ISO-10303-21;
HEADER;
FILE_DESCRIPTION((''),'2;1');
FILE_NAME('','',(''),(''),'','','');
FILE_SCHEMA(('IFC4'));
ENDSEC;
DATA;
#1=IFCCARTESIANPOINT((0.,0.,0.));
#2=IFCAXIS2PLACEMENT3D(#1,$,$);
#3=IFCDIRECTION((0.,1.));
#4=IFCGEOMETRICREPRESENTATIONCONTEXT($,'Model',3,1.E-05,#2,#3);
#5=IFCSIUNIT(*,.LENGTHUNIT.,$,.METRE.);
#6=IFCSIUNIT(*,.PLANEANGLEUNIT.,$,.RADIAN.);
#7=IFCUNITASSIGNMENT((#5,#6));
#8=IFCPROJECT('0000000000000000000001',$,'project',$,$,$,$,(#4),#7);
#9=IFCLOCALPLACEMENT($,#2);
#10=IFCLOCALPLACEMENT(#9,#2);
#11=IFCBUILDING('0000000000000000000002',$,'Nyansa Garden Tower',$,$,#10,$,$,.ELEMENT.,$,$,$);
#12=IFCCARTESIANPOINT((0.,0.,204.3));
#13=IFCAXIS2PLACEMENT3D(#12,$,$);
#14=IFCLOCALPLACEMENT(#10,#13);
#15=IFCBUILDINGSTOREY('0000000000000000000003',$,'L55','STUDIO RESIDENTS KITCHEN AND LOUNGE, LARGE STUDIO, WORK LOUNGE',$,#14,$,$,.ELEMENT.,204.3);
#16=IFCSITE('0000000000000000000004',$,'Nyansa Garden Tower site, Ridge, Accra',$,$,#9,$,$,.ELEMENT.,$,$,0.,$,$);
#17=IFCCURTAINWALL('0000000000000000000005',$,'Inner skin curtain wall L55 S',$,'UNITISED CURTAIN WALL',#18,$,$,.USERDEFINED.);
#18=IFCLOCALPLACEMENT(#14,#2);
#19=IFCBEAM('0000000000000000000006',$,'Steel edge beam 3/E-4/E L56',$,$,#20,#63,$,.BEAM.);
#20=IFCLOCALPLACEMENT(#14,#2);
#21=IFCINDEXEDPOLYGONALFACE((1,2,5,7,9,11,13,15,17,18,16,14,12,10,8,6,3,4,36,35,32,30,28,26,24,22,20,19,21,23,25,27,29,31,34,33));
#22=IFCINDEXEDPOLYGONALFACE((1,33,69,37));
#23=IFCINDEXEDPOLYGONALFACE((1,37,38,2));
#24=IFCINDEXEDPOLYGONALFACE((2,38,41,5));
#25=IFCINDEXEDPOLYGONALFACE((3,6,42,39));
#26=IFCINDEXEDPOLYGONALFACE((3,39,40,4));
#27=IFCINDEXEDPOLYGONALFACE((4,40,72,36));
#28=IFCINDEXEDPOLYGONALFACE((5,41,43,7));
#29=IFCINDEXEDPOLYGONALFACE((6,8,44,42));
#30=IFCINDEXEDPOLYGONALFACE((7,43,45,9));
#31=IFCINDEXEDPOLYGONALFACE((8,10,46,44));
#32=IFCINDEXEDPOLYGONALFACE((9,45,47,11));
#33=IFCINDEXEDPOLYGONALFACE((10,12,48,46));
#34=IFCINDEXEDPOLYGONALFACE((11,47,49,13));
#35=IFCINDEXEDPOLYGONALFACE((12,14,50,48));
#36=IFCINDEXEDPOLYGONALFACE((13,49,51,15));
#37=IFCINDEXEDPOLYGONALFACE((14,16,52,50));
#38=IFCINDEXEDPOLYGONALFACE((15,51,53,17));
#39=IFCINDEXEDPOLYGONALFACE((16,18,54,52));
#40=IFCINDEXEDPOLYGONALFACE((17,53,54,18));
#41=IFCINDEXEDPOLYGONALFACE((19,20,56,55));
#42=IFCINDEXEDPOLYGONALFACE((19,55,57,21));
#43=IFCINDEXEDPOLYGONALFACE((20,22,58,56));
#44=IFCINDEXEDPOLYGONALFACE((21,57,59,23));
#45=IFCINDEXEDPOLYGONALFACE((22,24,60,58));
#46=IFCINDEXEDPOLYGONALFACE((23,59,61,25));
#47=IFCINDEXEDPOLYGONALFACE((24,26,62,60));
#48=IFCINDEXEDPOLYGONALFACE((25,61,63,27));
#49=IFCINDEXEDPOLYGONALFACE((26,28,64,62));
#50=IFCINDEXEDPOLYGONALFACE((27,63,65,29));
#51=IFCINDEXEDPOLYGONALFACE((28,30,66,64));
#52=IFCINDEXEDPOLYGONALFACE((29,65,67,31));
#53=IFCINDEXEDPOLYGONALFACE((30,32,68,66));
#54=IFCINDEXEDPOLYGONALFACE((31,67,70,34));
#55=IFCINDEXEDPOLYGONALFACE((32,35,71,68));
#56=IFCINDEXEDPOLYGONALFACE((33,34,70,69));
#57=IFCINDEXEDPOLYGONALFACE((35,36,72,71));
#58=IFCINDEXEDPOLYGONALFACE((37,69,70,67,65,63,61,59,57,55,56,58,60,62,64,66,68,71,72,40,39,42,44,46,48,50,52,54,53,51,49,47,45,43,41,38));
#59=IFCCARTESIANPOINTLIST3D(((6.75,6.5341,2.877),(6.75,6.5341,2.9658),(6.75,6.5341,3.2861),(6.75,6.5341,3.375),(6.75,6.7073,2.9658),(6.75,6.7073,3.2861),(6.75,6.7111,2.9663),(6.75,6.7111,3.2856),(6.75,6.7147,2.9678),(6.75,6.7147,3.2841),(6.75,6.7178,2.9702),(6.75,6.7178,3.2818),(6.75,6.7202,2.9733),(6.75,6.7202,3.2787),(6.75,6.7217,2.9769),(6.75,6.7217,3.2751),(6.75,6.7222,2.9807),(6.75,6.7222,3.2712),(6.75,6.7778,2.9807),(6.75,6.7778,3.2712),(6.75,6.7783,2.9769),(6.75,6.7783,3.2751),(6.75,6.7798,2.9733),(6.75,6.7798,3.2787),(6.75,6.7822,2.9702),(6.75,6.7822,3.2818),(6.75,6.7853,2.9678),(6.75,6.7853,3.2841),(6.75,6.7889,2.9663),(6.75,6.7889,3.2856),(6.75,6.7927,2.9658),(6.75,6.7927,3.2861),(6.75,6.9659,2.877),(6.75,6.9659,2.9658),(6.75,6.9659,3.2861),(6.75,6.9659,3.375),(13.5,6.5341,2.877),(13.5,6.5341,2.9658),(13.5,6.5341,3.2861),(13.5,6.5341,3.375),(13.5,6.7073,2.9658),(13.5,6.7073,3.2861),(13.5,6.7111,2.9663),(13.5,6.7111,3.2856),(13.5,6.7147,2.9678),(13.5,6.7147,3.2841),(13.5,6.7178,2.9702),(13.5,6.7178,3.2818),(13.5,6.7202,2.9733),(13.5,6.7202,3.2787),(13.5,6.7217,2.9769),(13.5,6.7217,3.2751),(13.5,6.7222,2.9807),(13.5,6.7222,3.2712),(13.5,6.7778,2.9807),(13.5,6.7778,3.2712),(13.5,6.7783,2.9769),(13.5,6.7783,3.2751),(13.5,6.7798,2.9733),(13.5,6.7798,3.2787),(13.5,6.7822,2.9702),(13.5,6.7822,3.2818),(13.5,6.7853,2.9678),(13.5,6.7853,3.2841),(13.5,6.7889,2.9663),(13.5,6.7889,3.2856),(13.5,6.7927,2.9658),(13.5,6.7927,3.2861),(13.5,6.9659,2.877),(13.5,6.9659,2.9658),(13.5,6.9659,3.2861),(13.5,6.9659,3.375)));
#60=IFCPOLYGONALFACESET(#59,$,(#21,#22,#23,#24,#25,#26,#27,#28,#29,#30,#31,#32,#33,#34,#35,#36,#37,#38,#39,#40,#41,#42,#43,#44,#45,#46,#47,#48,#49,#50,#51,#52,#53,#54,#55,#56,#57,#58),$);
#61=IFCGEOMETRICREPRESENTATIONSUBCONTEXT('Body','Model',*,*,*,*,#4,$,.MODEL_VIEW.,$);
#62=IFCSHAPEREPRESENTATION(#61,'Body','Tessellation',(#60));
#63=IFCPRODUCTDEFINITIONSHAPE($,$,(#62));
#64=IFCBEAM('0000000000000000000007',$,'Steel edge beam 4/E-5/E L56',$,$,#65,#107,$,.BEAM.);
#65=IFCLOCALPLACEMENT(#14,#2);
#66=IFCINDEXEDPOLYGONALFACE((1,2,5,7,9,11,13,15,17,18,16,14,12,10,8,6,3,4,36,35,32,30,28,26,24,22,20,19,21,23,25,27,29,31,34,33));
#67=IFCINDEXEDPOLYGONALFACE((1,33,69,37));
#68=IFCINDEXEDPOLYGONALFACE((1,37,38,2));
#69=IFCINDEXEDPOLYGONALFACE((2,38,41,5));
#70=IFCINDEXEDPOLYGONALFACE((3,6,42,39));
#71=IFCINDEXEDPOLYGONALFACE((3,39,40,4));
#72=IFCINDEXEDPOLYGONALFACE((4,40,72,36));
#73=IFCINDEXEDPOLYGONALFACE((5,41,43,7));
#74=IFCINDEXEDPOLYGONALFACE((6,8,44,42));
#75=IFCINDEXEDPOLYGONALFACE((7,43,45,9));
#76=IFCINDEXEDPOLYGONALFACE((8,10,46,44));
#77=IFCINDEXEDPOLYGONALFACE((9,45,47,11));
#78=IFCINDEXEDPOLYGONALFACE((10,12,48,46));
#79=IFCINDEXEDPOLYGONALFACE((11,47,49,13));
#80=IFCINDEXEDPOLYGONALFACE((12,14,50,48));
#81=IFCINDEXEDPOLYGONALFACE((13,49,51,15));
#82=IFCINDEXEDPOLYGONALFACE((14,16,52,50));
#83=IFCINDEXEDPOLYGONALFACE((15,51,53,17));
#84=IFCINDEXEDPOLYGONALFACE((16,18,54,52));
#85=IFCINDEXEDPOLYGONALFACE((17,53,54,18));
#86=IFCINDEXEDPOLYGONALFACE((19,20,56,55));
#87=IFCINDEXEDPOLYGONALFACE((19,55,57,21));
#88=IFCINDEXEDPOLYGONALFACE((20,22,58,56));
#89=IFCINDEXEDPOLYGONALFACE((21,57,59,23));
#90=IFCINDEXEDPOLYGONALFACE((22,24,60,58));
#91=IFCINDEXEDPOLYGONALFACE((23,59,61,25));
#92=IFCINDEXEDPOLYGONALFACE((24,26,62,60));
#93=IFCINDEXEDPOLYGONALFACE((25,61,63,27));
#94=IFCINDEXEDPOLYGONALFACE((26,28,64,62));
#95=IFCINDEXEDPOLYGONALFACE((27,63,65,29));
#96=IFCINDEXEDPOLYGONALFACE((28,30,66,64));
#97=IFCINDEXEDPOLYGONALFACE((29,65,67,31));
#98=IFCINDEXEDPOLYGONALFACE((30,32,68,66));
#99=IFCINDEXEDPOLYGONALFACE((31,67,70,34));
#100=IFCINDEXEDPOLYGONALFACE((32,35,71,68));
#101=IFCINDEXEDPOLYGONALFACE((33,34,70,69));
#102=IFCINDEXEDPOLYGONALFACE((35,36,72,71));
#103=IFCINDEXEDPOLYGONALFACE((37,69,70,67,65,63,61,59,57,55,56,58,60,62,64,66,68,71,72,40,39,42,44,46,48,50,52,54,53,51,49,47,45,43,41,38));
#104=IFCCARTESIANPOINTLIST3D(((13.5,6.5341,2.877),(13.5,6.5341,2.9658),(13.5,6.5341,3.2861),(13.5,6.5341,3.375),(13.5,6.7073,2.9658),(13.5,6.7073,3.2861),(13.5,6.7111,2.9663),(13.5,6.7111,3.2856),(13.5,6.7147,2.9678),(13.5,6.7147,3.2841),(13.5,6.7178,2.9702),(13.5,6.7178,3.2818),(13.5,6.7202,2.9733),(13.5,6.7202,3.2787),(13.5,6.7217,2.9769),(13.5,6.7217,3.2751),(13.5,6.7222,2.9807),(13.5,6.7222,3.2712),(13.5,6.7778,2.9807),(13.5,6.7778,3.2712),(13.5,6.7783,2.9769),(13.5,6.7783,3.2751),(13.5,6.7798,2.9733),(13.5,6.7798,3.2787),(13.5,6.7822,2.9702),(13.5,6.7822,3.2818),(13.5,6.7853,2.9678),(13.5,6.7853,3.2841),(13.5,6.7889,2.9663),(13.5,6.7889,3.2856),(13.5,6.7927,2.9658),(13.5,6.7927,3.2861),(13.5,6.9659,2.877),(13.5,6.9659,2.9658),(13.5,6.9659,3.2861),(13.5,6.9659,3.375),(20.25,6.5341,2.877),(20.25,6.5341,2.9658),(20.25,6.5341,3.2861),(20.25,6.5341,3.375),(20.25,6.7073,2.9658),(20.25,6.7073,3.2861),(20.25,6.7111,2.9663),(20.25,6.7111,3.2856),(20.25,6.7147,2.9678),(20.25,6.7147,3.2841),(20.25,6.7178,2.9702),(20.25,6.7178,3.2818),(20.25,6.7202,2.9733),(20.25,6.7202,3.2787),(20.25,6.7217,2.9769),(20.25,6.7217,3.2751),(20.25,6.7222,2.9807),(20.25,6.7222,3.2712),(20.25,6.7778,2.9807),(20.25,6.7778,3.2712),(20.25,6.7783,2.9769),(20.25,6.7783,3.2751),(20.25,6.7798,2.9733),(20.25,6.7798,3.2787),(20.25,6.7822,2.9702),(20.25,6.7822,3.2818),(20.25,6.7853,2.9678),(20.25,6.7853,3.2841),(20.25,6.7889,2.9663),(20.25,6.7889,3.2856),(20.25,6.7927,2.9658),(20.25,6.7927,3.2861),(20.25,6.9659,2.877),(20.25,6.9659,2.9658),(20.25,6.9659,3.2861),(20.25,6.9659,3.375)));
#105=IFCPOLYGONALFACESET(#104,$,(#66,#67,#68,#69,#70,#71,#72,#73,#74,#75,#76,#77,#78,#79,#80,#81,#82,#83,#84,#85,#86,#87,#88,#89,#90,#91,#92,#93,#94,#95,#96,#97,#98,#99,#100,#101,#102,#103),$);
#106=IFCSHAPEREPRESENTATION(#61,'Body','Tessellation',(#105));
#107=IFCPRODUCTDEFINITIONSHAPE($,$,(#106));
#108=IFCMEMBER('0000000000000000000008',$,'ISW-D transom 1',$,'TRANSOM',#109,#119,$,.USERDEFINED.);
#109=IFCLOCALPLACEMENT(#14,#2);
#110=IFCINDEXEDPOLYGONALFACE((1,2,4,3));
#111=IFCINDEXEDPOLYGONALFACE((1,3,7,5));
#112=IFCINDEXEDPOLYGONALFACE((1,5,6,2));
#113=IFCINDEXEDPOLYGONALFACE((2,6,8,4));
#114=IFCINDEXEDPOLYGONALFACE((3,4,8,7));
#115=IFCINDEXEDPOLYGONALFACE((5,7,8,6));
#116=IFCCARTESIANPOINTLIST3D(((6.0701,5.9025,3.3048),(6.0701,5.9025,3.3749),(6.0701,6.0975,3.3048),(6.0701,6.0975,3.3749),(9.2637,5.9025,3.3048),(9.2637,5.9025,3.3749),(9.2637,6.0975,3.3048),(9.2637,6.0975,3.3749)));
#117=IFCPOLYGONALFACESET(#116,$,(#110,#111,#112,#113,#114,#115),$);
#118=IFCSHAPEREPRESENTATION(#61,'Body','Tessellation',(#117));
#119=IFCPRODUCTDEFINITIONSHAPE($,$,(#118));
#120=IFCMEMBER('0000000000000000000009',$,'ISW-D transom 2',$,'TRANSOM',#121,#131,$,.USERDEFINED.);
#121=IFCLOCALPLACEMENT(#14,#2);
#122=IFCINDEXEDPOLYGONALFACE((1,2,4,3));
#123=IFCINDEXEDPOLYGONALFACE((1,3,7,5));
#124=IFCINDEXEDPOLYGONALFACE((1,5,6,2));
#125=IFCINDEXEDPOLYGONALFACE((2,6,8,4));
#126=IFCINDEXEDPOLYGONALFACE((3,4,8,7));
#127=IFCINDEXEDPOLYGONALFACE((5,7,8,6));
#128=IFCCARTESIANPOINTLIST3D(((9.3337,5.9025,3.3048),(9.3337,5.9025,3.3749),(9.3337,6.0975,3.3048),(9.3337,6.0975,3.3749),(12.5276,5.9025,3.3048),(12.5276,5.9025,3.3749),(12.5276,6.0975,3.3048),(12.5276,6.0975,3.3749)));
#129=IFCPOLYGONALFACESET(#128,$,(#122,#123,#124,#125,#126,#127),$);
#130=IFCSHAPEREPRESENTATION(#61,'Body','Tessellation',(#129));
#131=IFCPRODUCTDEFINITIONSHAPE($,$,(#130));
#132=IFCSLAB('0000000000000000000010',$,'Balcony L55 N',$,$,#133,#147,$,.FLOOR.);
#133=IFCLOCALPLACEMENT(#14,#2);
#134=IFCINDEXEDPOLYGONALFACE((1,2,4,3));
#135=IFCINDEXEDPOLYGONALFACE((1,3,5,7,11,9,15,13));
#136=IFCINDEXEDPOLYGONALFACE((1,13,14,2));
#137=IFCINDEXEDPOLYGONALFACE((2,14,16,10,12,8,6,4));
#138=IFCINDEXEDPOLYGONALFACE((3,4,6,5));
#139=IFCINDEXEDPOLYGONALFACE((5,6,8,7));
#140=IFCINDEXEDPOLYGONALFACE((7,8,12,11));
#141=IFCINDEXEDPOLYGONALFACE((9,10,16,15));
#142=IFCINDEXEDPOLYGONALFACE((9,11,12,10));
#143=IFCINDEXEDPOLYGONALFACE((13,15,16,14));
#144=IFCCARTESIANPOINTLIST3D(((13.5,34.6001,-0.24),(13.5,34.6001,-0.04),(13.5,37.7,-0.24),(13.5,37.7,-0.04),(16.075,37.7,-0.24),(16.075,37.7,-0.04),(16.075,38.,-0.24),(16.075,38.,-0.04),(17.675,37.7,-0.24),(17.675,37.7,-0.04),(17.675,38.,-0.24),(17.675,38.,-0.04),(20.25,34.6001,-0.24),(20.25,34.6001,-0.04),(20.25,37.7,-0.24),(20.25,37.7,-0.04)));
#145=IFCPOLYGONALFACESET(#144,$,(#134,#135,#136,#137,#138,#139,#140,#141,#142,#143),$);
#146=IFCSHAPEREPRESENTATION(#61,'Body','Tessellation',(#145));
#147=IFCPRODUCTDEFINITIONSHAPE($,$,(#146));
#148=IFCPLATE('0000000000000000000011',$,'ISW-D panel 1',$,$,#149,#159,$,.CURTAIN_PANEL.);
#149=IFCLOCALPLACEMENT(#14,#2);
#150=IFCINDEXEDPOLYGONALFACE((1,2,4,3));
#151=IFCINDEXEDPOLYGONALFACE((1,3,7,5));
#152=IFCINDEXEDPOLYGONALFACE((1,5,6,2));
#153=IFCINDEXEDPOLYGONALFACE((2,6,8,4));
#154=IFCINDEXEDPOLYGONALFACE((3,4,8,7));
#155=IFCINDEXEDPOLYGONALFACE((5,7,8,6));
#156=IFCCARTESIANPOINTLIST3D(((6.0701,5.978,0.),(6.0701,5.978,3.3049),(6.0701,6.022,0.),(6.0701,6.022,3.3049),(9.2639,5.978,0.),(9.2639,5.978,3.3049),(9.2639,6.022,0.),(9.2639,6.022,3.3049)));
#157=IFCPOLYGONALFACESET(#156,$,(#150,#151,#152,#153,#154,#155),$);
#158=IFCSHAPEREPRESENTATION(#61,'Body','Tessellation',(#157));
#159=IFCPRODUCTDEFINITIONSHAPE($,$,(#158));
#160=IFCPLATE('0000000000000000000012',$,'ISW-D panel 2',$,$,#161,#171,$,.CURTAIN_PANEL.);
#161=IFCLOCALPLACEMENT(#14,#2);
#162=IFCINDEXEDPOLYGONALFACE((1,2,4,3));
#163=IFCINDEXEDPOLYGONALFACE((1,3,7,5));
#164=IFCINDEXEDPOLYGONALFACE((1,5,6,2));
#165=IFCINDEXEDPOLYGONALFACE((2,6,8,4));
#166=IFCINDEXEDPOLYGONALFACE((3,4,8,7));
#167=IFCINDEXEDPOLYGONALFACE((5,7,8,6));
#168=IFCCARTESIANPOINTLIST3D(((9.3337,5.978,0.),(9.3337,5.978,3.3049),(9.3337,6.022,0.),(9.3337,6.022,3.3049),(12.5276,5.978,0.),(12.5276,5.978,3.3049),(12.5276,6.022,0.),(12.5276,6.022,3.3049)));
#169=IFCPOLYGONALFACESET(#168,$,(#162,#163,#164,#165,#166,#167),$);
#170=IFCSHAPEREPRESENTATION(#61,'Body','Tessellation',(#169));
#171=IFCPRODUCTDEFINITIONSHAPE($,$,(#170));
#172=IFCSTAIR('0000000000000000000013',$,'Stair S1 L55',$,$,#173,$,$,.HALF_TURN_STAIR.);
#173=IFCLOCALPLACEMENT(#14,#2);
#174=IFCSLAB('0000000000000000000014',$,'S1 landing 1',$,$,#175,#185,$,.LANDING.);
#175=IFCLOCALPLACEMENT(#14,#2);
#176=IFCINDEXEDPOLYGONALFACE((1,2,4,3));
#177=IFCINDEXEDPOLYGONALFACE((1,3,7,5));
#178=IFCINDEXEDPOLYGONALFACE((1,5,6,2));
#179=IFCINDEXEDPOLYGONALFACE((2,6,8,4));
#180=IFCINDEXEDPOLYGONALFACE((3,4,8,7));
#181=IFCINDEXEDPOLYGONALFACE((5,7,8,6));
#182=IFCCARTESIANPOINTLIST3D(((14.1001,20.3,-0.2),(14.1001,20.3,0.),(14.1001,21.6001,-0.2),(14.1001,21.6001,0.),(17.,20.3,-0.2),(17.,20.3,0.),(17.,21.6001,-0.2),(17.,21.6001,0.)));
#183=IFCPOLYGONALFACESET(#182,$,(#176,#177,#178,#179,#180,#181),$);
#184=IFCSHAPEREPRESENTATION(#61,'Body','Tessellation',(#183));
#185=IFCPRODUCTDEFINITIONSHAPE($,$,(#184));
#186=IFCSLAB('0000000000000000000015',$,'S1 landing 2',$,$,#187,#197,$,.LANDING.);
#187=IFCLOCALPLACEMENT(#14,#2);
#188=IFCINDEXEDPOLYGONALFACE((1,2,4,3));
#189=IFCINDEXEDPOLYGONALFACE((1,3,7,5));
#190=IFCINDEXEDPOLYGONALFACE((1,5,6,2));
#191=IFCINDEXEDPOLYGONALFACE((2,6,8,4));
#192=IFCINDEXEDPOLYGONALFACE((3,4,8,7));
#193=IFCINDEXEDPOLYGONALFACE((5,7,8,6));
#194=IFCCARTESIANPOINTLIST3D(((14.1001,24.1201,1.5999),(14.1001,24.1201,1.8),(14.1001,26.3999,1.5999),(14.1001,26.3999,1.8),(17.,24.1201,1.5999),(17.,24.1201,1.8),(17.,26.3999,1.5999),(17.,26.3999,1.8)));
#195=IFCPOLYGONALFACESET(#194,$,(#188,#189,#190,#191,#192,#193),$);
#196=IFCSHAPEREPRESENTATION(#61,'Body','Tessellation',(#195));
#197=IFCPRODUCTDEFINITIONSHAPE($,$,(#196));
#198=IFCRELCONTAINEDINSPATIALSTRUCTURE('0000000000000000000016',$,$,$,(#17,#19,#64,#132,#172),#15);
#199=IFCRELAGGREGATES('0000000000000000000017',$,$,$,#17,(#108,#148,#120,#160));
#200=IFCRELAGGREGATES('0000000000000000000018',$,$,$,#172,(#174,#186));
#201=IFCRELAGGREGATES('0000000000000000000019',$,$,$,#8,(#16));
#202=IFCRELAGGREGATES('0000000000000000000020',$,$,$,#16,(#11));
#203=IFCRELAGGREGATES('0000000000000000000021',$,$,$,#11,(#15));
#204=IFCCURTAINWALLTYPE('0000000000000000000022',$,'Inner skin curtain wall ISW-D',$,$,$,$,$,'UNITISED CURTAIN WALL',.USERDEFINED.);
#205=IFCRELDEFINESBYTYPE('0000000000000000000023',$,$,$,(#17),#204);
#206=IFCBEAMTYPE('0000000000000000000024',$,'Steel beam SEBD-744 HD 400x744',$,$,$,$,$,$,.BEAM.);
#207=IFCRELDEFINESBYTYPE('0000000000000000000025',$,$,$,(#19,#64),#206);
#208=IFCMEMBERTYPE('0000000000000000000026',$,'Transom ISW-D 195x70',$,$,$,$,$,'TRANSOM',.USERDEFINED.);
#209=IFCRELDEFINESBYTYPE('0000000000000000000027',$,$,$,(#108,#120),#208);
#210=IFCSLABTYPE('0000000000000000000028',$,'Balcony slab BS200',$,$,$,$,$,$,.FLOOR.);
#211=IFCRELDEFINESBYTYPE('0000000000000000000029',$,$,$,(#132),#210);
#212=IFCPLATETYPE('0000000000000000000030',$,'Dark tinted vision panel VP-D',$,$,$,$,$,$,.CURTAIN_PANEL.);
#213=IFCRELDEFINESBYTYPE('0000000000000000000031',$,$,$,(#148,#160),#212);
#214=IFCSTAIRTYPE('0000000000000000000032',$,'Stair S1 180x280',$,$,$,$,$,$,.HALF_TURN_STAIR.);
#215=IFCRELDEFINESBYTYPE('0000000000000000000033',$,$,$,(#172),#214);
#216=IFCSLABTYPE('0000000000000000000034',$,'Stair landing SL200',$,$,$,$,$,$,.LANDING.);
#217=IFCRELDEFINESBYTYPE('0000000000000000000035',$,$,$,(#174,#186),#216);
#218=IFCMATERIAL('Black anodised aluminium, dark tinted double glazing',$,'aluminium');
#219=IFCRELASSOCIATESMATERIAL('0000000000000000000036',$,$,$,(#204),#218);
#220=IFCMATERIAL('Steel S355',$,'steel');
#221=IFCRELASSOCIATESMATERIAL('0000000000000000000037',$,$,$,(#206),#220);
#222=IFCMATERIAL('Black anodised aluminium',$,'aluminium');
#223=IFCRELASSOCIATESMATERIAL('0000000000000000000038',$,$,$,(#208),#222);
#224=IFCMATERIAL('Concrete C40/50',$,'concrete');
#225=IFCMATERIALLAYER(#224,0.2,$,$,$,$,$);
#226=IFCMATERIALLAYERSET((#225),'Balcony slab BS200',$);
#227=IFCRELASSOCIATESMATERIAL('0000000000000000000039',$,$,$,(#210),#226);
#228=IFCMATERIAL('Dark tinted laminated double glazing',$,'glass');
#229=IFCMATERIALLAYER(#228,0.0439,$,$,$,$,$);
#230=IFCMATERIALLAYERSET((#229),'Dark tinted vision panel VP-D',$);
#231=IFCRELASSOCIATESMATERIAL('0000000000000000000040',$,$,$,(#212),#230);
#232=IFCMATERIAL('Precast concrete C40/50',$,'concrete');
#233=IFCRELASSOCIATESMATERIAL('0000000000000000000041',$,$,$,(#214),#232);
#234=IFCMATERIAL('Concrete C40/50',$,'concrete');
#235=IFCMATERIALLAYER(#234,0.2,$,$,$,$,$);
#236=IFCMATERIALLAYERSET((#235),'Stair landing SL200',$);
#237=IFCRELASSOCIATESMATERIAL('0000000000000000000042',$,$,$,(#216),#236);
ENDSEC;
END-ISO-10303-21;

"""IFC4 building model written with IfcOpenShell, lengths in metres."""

from ifc_helpers import new_model, si_unit, direction, frame, origin, origin_2d, place, context, subcontext, project, spatial, polyline, rectangle, i_section, outline, extrude, material, layer, layer_set, material_profile, profile_set, type_object, element, aggregate, save


model = new_model("IFC4")

# Units and contexts
model_context = context("Model", 3, precision=1e-05, world=origin(), true_north=direction((0.0, 1.0)))
body_context = subcontext(model_context, "Body", "Model", "MODEL_VIEW")
ifc_project = project(units=[si_unit("LENGTHUNIT", "METRE"), si_unit("PLANEANGLEUNIT", "RADIAN")], contexts=[model_context])

# Site, building, storey
site_placement = place(None, origin())
site = spatial("IfcSite", under=ifc_project, at=site_placement, Name="Nyansa Garden Tower site, Ridge, Accra", CompositionType="ELEMENT", RefElevation=0.0)
building_placement = place(site_placement, origin())
building = spatial("IfcBuilding", under=site, at=building_placement, Name="Nyansa Garden Tower", CompositionType="ELEMENT")
storey_placement = place(building_placement, frame((0.0, 0.0, 204.3)))
storey = spatial("IfcBuildingStorey", under=building, at=storey_placement, Name="L55", Description="STUDIO RESIDENTS KITCHEN AND LOUNGE, LARGE STUDIO, WORK LOUNGE", CompositionType="ELEMENT", Elevation=204.3)

# Curtain wall
ifc_material_1 = material(Name="Black anodised aluminium, dark tinted double glazing", Category="aluminium")
curtain_wall_type = type_object("IfcCurtainWallType", Name="Inner skin curtain wall ISW-D", ElementType="UNITISED CURTAIN WALL", PredefinedType="USERDEFINED", material=ifc_material_1)
curtain_wall_placement = place(storey_placement, origin())
curtain_wall = element("IfcCurtainWall", 1, at=curtain_wall_placement, inside=storey, type_object=curtain_wall_type, Name="Inner skin curtain wall L55 S", ObjectType="UNITISED CURTAIN WALL", PredefinedType="USERDEFINED")

# Beams
ifc_material_2 = material(Name="Steel S355", Category="steel")
ifc_material_profile_1 = material_profile(ifc_material_2, i_section(OverallWidth=0.4319, OverallDepth=0.498, WebThickness=0.0557, FlangeThickness=0.0889, FilletRadius=0.0149, at=origin_2d()), Name="HD 400x744")
ifc_profile_set_1 = profile_set([ifc_material_profile_1], Name="Steel S355")
beam_type_1 = type_object("IfcBeamType", Name="Steel beam SEBD-744 HD 400x744", PredefinedType="BEAM", material=ifc_profile_set_1)
for number, where, z_axis, x_axis, name in (
    (2, (6.75, 6.75, 3.126), (1.0, 0.0, 0.0), (0.0, 1.0, 0.0), "Steel edge beam 3/E-4/E L56"),
    (3, (13.5, 6.75, 3.126), (1.0, 0.0, 0.0), (0.0, 1.0, 0.0), "Steel edge beam 4/E-5/E L56"),
):
    element("IfcBeam", number, at=place(storey_placement, frame(where, z_axis=z_axis, x_axis=x_axis)), inside=storey, type_object=beam_type_1, Name=name, PredefinedType="BEAM", context=body_context, shape_type="SweptSolid", body=[
        extrude(i_section(OverallWidth=0.4319, OverallDepth=0.498, WebThickness=0.0557, FlangeThickness=0.0889, FilletRadius=0.0149, at=origin_2d()), origin(), (0.0, 0.0, 1.0), 6.75),
    ])

# Members
ifc_material_3 = material(Name="Black anodised aluminium", Category="aluminium")
ifc_material_profile_2 = material_profile(ifc_material_3, rectangle(XDim=0.1951, YDim=0.0701, at=origin_2d()), Name="Transom 195x70")
ifc_profile_set_2 = profile_set([ifc_material_profile_2], Name="Black anodised aluminium")
member_type_1 = type_object("IfcMemberType", Name="Transom ISW-D 195x70", ElementType="TRANSOM", PredefinedType="USERDEFINED", material=ifc_profile_set_2)
member_1_placement = place(storey_placement, frame((6.0701, 6.0, 3.3398), z_axis=(1.0, 0.0, 0.0), x_axis=(0.0, 1.0, 0.0)))
member_1 = element("IfcMember", 4, at=member_1_placement, type_object=member_type_1, Name="ISW-D transom 1", ObjectType="TRANSOM", PredefinedType="USERDEFINED", context=body_context, shape_type="SweptSolid", body=[
    extrude(rectangle(XDim=0.1951, YDim=0.0701, at=origin_2d()), origin(), (0.0, 0.0, 1.0), 3.1936),
])
member_2_placement = place(storey_placement, frame((9.3337, 6.0, 3.3398), z_axis=(1.0, 0.0, 0.0), x_axis=(0.0, 1.0, 0.0)))
member_2 = element("IfcMember", 5, at=member_2_placement, type_object=member_type_1, Name="ISW-D transom 2", ObjectType="TRANSOM", PredefinedType="USERDEFINED", context=body_context, shape_type="SweptSolid", body=[
    extrude(rectangle(XDim=0.1951, YDim=0.0701, at=origin_2d()), origin(), (0.0, 0.0, 1.0), 3.1938),
])

# Slab
ifc_material_4 = material(Name="Concrete C40/50", Category="concrete")
ifc_layer_1 = layer(ifc_material_4, 0.2)
ifc_layer_set_1 = layer_set([ifc_layer_1], Name="Balcony slab BS200")
slab_type_1 = type_object("IfcSlabType", Name="Balcony slab BS200", PredefinedType="FLOOR", material=ifc_layer_set_1)
slab_1_placement = place(storey_placement, frame((0.0, 0.0, -0.24)))
element("IfcSlab", 6, at=slab_1_placement, inside=storey, type_object=slab_type_1, Name="Balcony L55 N", PredefinedType="FLOOR", context=body_context, shape_type="SweptSolid", body=[
    extrude(outline(polyline([(13.5, 34.6001), (20.25, 34.6001), (20.25, 37.7), (17.675, 37.7), (17.675, 38.0), (16.075, 38.0), (16.075, 37.7), (13.5, 37.7), (13.5, 34.6001)])), origin(), (0.0, 0.0, 1.0), 0.2),
])

# Plates
ifc_material_5 = material(Name="Dark tinted laminated double glazing", Category="glass")
ifc_layer_2 = layer(ifc_material_5, 0.0439)
ifc_layer_set_2 = layer_set([ifc_layer_2], Name="Dark tinted vision panel VP-D")
plate_type = type_object("IfcPlateType", Name="Dark tinted vision panel VP-D", PredefinedType="CURTAIN_PANEL", material=ifc_layer_set_2)
plate_1_placement = place(storey_placement, frame((7.667, 6.0, 0.0), z_axis=(0.0, 0.0, 1.0), x_axis=(1.0, 0.0, 0.0)))
plate_1 = element("IfcPlate", 7, at=plate_1_placement, type_object=plate_type, Name="ISW-D panel 1", PredefinedType="CURTAIN_PANEL", context=body_context, shape_type="SweptSolid", body=[
    extrude(rectangle(XDim=3.1938, YDim=0.0439, at=origin_2d()), origin(), (0.0, 0.0, 1.0), 3.3049),
])
plate_2_placement = place(storey_placement, frame((10.9307, 6.0, 0.0), z_axis=(0.0, 0.0, 1.0), x_axis=(1.0, 0.0, 0.0)))
plate_2 = element("IfcPlate", 8, at=plate_2_placement, type_object=plate_type, Name="ISW-D panel 2", PredefinedType="CURTAIN_PANEL", context=body_context, shape_type="SweptSolid", body=[
    extrude(rectangle(XDim=3.1938, YDim=0.0439, at=origin_2d()), origin(), (0.0, 0.0, 1.0), 3.3049),
])
aggregate(curtain_wall, [member_1, plate_1, member_2, plate_2])

# Stair, slabs
ifc_material_6 = material(Name="Precast concrete C40/50", Category="concrete")
stair_type_1 = type_object("IfcStairType", Name="Stair S1 180x280", PredefinedType="HALF_TURN_STAIR", material=ifc_material_6)
stair_1_placement = place(storey_placement, origin())
stair_1 = element("IfcStair", 9, at=stair_1_placement, inside=storey, type_object=stair_type_1, Name="Stair S1 L55", PredefinedType="HALF_TURN_STAIR")
ifc_material_7 = material(Name="Concrete C40/50", Category="concrete")
ifc_layer_3 = layer(ifc_material_7, 0.2)
ifc_layer_set_3 = layer_set([ifc_layer_3], Name="Stair landing SL200")
slab_type_2 = type_object("IfcSlabType", Name="Stair landing SL200", PredefinedType="LANDING", material=ifc_layer_set_3)
slab_2_placement = place(storey_placement, frame((0.0, 0.0, -0.2)))
slab_2 = element("IfcSlab", 10, at=slab_2_placement, type_object=slab_type_2, Name="S1 landing 1", PredefinedType="LANDING", context=body_context, shape_type="SweptSolid", body=[
    extrude(outline(polyline([(14.1001, 20.3), (17.0, 20.3), (17.0, 21.6001), (14.1001, 21.6001), (14.1001, 20.3)])), origin(), (0.0, 0.0, 1.0), 0.2),
])
slab_3_placement = place(storey_placement, frame((0.0, 0.0, 1.5999)))
slab_3 = element("IfcSlab", 11, at=slab_3_placement, type_object=slab_type_2, Name="S1 landing 2", PredefinedType="LANDING", context=body_context, shape_type="SweptSolid", body=[
    extrude(outline(polyline([(14.1001, 24.1201), (17.0, 24.1201), (17.0, 26.3999), (14.1001, 26.3999), (14.1001, 24.1201)])), origin(), (0.0, 0.0, 1.0), 0.2002),
])
aggregate(stair_1, [slab_2, slab_3])

save(model, "model.ifc")
